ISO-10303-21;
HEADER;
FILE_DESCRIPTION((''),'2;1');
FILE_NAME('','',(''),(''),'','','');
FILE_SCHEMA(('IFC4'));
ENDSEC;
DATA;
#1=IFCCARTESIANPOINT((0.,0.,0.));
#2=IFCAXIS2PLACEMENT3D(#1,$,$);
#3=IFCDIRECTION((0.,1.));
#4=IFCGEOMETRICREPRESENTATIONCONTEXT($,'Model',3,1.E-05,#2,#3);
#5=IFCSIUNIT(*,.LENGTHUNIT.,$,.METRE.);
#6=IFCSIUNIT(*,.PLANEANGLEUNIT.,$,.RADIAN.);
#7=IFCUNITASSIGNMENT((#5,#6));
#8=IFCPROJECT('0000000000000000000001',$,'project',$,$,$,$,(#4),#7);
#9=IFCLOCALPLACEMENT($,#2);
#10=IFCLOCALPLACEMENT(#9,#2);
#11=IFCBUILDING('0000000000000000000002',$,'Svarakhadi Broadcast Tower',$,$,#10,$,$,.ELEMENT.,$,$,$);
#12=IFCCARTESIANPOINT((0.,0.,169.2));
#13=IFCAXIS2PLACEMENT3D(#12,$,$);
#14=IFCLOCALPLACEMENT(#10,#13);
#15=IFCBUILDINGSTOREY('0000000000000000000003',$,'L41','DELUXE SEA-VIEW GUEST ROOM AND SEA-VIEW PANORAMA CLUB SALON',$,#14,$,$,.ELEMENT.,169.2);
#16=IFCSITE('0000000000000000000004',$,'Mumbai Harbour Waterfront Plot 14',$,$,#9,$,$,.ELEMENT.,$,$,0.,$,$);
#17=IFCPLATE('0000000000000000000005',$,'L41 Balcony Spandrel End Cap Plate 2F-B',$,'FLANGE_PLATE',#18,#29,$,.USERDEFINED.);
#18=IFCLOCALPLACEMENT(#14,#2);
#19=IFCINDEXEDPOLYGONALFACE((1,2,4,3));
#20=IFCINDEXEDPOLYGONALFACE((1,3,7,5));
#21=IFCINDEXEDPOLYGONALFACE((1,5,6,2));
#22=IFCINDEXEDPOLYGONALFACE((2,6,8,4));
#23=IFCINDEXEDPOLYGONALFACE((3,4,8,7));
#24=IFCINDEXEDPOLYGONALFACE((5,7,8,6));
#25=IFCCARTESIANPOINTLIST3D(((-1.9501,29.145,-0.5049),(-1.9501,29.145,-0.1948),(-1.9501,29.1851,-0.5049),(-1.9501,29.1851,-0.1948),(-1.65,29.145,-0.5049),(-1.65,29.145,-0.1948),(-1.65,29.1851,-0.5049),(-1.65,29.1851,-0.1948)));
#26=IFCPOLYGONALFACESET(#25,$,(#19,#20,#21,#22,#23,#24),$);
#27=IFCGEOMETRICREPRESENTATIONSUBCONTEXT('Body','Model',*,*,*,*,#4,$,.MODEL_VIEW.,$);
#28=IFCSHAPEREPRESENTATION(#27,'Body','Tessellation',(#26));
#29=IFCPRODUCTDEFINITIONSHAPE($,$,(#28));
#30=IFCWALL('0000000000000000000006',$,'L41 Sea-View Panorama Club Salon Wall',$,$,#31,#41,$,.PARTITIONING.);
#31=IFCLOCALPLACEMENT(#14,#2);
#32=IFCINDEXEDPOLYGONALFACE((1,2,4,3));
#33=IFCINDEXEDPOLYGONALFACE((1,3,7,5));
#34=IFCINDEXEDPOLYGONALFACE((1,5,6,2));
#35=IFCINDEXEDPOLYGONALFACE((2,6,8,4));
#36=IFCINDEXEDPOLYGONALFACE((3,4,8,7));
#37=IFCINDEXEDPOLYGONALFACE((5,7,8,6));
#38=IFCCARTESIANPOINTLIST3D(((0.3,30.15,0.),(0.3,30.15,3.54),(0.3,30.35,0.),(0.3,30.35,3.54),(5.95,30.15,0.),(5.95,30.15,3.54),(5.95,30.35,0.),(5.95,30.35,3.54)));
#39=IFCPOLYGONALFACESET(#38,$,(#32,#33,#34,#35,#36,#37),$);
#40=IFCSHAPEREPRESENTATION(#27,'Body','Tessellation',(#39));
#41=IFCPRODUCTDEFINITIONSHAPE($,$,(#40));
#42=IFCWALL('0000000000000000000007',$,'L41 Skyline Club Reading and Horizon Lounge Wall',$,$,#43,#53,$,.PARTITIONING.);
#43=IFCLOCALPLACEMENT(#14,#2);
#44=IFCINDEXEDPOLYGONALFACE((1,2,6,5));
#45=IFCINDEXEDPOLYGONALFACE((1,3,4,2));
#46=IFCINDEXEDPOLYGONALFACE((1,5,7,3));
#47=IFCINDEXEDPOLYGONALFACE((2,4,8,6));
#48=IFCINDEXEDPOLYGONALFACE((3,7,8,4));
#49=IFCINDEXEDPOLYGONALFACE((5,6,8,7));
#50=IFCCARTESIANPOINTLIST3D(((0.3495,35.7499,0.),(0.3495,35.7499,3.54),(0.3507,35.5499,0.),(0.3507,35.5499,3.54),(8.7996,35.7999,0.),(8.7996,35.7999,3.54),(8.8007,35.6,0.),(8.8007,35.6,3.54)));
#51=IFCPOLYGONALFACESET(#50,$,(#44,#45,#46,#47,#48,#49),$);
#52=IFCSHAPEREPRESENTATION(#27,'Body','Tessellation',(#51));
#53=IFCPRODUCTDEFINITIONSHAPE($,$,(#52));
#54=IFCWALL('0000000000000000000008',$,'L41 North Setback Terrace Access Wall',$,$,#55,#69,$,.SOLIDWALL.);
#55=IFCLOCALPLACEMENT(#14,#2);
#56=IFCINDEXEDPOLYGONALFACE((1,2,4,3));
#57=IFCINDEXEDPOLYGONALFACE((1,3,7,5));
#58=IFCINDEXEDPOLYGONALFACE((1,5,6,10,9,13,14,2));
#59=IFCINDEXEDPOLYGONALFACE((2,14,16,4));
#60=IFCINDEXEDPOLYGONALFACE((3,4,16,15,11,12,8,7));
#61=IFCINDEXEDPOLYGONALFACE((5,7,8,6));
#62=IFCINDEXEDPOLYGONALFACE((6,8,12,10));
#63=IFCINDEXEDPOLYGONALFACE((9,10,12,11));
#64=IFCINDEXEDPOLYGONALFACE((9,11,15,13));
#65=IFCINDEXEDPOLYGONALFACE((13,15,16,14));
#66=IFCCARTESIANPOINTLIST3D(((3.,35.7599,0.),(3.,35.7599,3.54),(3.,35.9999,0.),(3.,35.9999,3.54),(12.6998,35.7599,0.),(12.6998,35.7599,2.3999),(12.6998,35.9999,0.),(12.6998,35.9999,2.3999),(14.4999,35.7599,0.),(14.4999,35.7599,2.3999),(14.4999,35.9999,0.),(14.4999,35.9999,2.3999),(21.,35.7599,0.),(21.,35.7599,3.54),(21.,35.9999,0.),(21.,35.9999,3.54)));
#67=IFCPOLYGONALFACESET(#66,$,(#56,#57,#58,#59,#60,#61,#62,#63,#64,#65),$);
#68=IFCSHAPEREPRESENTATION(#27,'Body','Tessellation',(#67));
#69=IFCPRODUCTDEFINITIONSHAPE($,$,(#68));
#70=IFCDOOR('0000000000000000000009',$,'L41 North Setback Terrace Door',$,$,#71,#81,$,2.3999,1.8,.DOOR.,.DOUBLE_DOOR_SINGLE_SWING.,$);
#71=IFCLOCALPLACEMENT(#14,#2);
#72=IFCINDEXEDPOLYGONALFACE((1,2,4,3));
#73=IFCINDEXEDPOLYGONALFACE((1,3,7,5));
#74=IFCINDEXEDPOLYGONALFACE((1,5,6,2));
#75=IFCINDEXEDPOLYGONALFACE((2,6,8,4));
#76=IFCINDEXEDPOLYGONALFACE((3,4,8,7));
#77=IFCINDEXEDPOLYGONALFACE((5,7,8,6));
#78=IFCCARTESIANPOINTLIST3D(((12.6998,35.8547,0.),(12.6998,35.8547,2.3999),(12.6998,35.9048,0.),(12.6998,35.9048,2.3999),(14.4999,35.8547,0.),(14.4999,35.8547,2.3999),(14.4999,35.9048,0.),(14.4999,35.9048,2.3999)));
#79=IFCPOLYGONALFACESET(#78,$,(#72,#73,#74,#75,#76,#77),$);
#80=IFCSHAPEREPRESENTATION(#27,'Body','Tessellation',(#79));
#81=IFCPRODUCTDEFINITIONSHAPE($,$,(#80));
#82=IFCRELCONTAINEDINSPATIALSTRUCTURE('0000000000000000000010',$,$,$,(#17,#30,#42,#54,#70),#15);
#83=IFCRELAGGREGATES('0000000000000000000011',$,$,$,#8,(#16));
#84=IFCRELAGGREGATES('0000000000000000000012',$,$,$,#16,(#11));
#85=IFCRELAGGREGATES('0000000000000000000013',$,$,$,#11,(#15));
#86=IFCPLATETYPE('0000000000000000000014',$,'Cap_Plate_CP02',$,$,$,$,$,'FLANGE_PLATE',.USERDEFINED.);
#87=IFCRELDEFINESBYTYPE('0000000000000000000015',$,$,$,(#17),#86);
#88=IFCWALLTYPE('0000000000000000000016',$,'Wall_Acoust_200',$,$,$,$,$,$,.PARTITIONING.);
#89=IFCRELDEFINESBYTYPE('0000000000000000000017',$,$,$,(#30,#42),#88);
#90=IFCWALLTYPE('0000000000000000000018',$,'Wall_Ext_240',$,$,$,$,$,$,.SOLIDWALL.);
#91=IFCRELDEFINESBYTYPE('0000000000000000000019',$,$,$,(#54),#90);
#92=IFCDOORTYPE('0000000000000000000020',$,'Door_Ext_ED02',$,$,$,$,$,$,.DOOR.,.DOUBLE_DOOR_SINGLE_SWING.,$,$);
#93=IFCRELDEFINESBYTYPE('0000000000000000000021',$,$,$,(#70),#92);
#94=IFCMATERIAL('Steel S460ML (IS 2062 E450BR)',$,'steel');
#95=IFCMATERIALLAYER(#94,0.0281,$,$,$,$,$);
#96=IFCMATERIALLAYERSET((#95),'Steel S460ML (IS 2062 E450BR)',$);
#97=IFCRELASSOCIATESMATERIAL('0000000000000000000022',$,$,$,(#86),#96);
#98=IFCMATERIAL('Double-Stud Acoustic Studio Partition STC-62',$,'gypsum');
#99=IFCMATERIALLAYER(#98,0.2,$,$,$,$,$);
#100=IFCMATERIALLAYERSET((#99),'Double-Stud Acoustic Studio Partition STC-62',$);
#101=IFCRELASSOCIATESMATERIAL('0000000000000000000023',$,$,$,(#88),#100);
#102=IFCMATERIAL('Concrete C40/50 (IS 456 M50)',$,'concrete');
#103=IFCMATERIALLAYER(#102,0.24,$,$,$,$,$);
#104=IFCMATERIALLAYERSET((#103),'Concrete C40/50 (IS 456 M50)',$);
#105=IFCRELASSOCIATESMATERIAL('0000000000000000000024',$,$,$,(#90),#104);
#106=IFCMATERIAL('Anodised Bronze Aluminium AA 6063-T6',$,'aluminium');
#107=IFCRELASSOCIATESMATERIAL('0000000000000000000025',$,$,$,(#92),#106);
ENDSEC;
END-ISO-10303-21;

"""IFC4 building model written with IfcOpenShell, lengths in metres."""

from ifc_helpers import new_model, si_unit, direction, frame, frame_2d, origin, origin_2d, place, context, subcontext, project, spatial, rectangle, extrude, material, layer, layer_set, type_object, element, fill, save


model = new_model("IFC4")

# Units and contexts
model_context = context("Model", 3, precision=1e-05, world=origin(), true_north=direction((0.0, 1.0)))
body_context = subcontext(model_context, "Body", "Model", "MODEL_VIEW")
ifc_project = project(units=[si_unit("LENGTHUNIT", "METRE"), si_unit("PLANEANGLEUNIT", "RADIAN")], contexts=[model_context])

# Site, building, storey
site_placement = place(None, origin())
site = spatial("IfcSite", under=ifc_project, at=site_placement, Name="Mumbai Harbour Waterfront Plot 14", CompositionType="ELEMENT", RefElevation=0.0)
building_placement = place(site_placement, origin())
building = spatial("IfcBuilding", under=site, at=building_placement, Name="Svarakhadi Broadcast Tower", CompositionType="ELEMENT")
storey_placement = place(building_placement, frame((0.0, 0.0, 169.2)))
storey = spatial("IfcBuildingStorey", under=building, at=storey_placement, Name="L41", Description="DELUXE SEA-VIEW GUEST ROOM AND SEA-VIEW PANORAMA CLUB SALON", CompositionType="ELEMENT", Elevation=169.2)

# Shared definitions
ifc_material_1 = material(Name="Steel S460ML (IS 2062 E450BR)", Category="steel")

# Shared definitions
ifc_material_2 = material(Name="Anodised Bronze Aluminium AA 6063-T6", Category="aluminium")

# Plate
ifc_layer_1 = layer(ifc_material_1, 0.0281)
ifc_layer_set_1 = layer_set([ifc_layer_1], Name="Steel S460ML (IS 2062 E450BR)")
plate_type_1 = type_object("IfcPlateType", Name="Cap_Plate_CP02", ElementType="FLANGE_PLATE", PredefinedType="USERDEFINED", material=ifc_layer_set_1)
plate_1_placement = place(storey_placement, frame((-1.8, 29.165, -0.5049), z_axis=(0.0, 0.0, 1.0), x_axis=(1.0, 0.0, 0.0)))
element("IfcPlate", 1, at=plate_1_placement, inside=storey, type_object=plate_type_1, Name="L41 Balcony Spandrel End Cap Plate 2F-B", ObjectType="FLANGE_PLATE", PredefinedType="USERDEFINED", context=body_context, shape_type="SweptSolid", body=[
    extrude(rectangle(XDim=0.3, YDim=0.04, at=origin_2d()), origin(), (0.0, 0.0, 1.0), 0.3101),
])

# Walls
ifc_material_3 = material(Name="Double-Stud Acoustic Studio Partition STC-62", Category="gypsum")
ifc_layer_2 = layer(ifc_material_3, 0.2)
ifc_layer_set_2 = layer_set([ifc_layer_2], Name="Double-Stud Acoustic Studio Partition STC-62")
wall_type_1 = type_object("IfcWallType", Name="Wall_Acoust_200", PredefinedType="PARTITIONING", material=ifc_layer_set_2)
wall_1_placement = place(storey_placement, frame((0.3, 30.25, 0.0), z_axis=(0.0, 0.0, 1.0), x_axis=(1.0, 0.0, 0.0)))
element("IfcWall", 2, at=wall_1_placement, inside=storey, type_object=wall_type_1, Name="L41 Sea-View Panorama Club Salon Wall", PredefinedType="PARTITIONING", context=body_context, shape_type="SweptSolid", body=[
    extrude(rectangle(XDim=5.6499, YDim=0.2, at=frame_2d((2.825, 0.0))), origin(), (0.0, 0.0, 1.0), 3.54),
])
wall_2_placement = place(storey_placement, frame((0.3501, 35.6499, 0.0), z_axis=(0.0, 0.0, 1.0), x_axis=(0.999982, 0.005923, 0.0)))
element("IfcWall", 3, at=wall_2_placement, inside=storey, type_object=wall_type_1, Name="L41 Skyline Club Reading and Horizon Lounge Wall", PredefinedType="PARTITIONING", context=body_context, shape_type="SweptSolid", body=[
    extrude(rectangle(XDim=8.4502, YDim=0.2, at=frame_2d((4.2251, 0.0))), origin(), (0.0, 0.0, 1.0), 3.54),
])

# Wall, opening, door
ifc_material_4 = material(Name="Concrete C40/50 (IS 456 M50)", Category="concrete")
ifc_layer_3 = layer(ifc_material_4, 0.24)
ifc_layer_set_3 = layer_set([ifc_layer_3], Name="Concrete C40/50 (IS 456 M50)")
wall_type_2 = type_object("IfcWallType", Name="Wall_Ext_240", PredefinedType="SOLIDWALL", material=ifc_layer_set_3)
wall_3_placement = place(storey_placement, frame((3.0, 35.8799, 0.0), z_axis=(0.0, 0.0, 1.0), x_axis=(1.0, 0.0, 0.0)))
wall_3 = element("IfcWall", 4, at=wall_3_placement, inside=storey, type_object=wall_type_2, Name="L41 North Setback Terrace Access Wall", PredefinedType="SOLIDWALL", context=body_context, shape_type="SweptSolid", body=[
    extrude(rectangle(XDim=18.0, YDim=0.24, at=frame_2d((9.0, 0.0))), origin(), (0.0, 0.0, 1.0), 3.54),
])
opening_placement = place(wall_3_placement, frame((9.7, 0.0, 0.0)))
opening = element("IfcOpeningElement", 5, at=opening_placement, cuts=wall_3, PredefinedType="OPENING", context=body_context, shape_type="SweptSolid", body=[
    extrude(rectangle(XDim=1.8, YDim=2.3999, at=frame_2d((0.8999, 1.2))), frame((0.0, 0.1299, 0.0), z_axis=(0.0, -1.0, 0.0), x_axis=(1.0, 0.0, 0.0)), (0.0, 0.0, 1.0), 0.26),
])
door_type = type_object("IfcDoorType", Name="Door_Ext_ED02", OperationType="DOUBLE_DOOR_SINGLE_SWING", PredefinedType="DOOR", material=ifc_material_2)
door_placement = place(opening_placement, origin())
door = element("IfcDoor", 6, at=door_placement, inside=storey, type_object=door_type, Name="L41 North Setback Terrace Door", OperationType="DOUBLE_DOOR_SINGLE_SWING", OverallHeight=2.3999, OverallWidth=1.8, PredefinedType="DOOR", context=body_context, shape_type="SweptSolid", body=[
    extrude(rectangle(XDim=1.8, YDim=2.3999, at=frame_2d((0.8999, 1.2))), frame((0.0, 0.0249, 0.0), z_axis=(0.0, -1.0, 0.0), x_axis=(1.0, 0.0, 0.0)), (0.0, 0.0, 1.0), 0.05),
])
fill(opening, door)

save(model, "model.ifc")
